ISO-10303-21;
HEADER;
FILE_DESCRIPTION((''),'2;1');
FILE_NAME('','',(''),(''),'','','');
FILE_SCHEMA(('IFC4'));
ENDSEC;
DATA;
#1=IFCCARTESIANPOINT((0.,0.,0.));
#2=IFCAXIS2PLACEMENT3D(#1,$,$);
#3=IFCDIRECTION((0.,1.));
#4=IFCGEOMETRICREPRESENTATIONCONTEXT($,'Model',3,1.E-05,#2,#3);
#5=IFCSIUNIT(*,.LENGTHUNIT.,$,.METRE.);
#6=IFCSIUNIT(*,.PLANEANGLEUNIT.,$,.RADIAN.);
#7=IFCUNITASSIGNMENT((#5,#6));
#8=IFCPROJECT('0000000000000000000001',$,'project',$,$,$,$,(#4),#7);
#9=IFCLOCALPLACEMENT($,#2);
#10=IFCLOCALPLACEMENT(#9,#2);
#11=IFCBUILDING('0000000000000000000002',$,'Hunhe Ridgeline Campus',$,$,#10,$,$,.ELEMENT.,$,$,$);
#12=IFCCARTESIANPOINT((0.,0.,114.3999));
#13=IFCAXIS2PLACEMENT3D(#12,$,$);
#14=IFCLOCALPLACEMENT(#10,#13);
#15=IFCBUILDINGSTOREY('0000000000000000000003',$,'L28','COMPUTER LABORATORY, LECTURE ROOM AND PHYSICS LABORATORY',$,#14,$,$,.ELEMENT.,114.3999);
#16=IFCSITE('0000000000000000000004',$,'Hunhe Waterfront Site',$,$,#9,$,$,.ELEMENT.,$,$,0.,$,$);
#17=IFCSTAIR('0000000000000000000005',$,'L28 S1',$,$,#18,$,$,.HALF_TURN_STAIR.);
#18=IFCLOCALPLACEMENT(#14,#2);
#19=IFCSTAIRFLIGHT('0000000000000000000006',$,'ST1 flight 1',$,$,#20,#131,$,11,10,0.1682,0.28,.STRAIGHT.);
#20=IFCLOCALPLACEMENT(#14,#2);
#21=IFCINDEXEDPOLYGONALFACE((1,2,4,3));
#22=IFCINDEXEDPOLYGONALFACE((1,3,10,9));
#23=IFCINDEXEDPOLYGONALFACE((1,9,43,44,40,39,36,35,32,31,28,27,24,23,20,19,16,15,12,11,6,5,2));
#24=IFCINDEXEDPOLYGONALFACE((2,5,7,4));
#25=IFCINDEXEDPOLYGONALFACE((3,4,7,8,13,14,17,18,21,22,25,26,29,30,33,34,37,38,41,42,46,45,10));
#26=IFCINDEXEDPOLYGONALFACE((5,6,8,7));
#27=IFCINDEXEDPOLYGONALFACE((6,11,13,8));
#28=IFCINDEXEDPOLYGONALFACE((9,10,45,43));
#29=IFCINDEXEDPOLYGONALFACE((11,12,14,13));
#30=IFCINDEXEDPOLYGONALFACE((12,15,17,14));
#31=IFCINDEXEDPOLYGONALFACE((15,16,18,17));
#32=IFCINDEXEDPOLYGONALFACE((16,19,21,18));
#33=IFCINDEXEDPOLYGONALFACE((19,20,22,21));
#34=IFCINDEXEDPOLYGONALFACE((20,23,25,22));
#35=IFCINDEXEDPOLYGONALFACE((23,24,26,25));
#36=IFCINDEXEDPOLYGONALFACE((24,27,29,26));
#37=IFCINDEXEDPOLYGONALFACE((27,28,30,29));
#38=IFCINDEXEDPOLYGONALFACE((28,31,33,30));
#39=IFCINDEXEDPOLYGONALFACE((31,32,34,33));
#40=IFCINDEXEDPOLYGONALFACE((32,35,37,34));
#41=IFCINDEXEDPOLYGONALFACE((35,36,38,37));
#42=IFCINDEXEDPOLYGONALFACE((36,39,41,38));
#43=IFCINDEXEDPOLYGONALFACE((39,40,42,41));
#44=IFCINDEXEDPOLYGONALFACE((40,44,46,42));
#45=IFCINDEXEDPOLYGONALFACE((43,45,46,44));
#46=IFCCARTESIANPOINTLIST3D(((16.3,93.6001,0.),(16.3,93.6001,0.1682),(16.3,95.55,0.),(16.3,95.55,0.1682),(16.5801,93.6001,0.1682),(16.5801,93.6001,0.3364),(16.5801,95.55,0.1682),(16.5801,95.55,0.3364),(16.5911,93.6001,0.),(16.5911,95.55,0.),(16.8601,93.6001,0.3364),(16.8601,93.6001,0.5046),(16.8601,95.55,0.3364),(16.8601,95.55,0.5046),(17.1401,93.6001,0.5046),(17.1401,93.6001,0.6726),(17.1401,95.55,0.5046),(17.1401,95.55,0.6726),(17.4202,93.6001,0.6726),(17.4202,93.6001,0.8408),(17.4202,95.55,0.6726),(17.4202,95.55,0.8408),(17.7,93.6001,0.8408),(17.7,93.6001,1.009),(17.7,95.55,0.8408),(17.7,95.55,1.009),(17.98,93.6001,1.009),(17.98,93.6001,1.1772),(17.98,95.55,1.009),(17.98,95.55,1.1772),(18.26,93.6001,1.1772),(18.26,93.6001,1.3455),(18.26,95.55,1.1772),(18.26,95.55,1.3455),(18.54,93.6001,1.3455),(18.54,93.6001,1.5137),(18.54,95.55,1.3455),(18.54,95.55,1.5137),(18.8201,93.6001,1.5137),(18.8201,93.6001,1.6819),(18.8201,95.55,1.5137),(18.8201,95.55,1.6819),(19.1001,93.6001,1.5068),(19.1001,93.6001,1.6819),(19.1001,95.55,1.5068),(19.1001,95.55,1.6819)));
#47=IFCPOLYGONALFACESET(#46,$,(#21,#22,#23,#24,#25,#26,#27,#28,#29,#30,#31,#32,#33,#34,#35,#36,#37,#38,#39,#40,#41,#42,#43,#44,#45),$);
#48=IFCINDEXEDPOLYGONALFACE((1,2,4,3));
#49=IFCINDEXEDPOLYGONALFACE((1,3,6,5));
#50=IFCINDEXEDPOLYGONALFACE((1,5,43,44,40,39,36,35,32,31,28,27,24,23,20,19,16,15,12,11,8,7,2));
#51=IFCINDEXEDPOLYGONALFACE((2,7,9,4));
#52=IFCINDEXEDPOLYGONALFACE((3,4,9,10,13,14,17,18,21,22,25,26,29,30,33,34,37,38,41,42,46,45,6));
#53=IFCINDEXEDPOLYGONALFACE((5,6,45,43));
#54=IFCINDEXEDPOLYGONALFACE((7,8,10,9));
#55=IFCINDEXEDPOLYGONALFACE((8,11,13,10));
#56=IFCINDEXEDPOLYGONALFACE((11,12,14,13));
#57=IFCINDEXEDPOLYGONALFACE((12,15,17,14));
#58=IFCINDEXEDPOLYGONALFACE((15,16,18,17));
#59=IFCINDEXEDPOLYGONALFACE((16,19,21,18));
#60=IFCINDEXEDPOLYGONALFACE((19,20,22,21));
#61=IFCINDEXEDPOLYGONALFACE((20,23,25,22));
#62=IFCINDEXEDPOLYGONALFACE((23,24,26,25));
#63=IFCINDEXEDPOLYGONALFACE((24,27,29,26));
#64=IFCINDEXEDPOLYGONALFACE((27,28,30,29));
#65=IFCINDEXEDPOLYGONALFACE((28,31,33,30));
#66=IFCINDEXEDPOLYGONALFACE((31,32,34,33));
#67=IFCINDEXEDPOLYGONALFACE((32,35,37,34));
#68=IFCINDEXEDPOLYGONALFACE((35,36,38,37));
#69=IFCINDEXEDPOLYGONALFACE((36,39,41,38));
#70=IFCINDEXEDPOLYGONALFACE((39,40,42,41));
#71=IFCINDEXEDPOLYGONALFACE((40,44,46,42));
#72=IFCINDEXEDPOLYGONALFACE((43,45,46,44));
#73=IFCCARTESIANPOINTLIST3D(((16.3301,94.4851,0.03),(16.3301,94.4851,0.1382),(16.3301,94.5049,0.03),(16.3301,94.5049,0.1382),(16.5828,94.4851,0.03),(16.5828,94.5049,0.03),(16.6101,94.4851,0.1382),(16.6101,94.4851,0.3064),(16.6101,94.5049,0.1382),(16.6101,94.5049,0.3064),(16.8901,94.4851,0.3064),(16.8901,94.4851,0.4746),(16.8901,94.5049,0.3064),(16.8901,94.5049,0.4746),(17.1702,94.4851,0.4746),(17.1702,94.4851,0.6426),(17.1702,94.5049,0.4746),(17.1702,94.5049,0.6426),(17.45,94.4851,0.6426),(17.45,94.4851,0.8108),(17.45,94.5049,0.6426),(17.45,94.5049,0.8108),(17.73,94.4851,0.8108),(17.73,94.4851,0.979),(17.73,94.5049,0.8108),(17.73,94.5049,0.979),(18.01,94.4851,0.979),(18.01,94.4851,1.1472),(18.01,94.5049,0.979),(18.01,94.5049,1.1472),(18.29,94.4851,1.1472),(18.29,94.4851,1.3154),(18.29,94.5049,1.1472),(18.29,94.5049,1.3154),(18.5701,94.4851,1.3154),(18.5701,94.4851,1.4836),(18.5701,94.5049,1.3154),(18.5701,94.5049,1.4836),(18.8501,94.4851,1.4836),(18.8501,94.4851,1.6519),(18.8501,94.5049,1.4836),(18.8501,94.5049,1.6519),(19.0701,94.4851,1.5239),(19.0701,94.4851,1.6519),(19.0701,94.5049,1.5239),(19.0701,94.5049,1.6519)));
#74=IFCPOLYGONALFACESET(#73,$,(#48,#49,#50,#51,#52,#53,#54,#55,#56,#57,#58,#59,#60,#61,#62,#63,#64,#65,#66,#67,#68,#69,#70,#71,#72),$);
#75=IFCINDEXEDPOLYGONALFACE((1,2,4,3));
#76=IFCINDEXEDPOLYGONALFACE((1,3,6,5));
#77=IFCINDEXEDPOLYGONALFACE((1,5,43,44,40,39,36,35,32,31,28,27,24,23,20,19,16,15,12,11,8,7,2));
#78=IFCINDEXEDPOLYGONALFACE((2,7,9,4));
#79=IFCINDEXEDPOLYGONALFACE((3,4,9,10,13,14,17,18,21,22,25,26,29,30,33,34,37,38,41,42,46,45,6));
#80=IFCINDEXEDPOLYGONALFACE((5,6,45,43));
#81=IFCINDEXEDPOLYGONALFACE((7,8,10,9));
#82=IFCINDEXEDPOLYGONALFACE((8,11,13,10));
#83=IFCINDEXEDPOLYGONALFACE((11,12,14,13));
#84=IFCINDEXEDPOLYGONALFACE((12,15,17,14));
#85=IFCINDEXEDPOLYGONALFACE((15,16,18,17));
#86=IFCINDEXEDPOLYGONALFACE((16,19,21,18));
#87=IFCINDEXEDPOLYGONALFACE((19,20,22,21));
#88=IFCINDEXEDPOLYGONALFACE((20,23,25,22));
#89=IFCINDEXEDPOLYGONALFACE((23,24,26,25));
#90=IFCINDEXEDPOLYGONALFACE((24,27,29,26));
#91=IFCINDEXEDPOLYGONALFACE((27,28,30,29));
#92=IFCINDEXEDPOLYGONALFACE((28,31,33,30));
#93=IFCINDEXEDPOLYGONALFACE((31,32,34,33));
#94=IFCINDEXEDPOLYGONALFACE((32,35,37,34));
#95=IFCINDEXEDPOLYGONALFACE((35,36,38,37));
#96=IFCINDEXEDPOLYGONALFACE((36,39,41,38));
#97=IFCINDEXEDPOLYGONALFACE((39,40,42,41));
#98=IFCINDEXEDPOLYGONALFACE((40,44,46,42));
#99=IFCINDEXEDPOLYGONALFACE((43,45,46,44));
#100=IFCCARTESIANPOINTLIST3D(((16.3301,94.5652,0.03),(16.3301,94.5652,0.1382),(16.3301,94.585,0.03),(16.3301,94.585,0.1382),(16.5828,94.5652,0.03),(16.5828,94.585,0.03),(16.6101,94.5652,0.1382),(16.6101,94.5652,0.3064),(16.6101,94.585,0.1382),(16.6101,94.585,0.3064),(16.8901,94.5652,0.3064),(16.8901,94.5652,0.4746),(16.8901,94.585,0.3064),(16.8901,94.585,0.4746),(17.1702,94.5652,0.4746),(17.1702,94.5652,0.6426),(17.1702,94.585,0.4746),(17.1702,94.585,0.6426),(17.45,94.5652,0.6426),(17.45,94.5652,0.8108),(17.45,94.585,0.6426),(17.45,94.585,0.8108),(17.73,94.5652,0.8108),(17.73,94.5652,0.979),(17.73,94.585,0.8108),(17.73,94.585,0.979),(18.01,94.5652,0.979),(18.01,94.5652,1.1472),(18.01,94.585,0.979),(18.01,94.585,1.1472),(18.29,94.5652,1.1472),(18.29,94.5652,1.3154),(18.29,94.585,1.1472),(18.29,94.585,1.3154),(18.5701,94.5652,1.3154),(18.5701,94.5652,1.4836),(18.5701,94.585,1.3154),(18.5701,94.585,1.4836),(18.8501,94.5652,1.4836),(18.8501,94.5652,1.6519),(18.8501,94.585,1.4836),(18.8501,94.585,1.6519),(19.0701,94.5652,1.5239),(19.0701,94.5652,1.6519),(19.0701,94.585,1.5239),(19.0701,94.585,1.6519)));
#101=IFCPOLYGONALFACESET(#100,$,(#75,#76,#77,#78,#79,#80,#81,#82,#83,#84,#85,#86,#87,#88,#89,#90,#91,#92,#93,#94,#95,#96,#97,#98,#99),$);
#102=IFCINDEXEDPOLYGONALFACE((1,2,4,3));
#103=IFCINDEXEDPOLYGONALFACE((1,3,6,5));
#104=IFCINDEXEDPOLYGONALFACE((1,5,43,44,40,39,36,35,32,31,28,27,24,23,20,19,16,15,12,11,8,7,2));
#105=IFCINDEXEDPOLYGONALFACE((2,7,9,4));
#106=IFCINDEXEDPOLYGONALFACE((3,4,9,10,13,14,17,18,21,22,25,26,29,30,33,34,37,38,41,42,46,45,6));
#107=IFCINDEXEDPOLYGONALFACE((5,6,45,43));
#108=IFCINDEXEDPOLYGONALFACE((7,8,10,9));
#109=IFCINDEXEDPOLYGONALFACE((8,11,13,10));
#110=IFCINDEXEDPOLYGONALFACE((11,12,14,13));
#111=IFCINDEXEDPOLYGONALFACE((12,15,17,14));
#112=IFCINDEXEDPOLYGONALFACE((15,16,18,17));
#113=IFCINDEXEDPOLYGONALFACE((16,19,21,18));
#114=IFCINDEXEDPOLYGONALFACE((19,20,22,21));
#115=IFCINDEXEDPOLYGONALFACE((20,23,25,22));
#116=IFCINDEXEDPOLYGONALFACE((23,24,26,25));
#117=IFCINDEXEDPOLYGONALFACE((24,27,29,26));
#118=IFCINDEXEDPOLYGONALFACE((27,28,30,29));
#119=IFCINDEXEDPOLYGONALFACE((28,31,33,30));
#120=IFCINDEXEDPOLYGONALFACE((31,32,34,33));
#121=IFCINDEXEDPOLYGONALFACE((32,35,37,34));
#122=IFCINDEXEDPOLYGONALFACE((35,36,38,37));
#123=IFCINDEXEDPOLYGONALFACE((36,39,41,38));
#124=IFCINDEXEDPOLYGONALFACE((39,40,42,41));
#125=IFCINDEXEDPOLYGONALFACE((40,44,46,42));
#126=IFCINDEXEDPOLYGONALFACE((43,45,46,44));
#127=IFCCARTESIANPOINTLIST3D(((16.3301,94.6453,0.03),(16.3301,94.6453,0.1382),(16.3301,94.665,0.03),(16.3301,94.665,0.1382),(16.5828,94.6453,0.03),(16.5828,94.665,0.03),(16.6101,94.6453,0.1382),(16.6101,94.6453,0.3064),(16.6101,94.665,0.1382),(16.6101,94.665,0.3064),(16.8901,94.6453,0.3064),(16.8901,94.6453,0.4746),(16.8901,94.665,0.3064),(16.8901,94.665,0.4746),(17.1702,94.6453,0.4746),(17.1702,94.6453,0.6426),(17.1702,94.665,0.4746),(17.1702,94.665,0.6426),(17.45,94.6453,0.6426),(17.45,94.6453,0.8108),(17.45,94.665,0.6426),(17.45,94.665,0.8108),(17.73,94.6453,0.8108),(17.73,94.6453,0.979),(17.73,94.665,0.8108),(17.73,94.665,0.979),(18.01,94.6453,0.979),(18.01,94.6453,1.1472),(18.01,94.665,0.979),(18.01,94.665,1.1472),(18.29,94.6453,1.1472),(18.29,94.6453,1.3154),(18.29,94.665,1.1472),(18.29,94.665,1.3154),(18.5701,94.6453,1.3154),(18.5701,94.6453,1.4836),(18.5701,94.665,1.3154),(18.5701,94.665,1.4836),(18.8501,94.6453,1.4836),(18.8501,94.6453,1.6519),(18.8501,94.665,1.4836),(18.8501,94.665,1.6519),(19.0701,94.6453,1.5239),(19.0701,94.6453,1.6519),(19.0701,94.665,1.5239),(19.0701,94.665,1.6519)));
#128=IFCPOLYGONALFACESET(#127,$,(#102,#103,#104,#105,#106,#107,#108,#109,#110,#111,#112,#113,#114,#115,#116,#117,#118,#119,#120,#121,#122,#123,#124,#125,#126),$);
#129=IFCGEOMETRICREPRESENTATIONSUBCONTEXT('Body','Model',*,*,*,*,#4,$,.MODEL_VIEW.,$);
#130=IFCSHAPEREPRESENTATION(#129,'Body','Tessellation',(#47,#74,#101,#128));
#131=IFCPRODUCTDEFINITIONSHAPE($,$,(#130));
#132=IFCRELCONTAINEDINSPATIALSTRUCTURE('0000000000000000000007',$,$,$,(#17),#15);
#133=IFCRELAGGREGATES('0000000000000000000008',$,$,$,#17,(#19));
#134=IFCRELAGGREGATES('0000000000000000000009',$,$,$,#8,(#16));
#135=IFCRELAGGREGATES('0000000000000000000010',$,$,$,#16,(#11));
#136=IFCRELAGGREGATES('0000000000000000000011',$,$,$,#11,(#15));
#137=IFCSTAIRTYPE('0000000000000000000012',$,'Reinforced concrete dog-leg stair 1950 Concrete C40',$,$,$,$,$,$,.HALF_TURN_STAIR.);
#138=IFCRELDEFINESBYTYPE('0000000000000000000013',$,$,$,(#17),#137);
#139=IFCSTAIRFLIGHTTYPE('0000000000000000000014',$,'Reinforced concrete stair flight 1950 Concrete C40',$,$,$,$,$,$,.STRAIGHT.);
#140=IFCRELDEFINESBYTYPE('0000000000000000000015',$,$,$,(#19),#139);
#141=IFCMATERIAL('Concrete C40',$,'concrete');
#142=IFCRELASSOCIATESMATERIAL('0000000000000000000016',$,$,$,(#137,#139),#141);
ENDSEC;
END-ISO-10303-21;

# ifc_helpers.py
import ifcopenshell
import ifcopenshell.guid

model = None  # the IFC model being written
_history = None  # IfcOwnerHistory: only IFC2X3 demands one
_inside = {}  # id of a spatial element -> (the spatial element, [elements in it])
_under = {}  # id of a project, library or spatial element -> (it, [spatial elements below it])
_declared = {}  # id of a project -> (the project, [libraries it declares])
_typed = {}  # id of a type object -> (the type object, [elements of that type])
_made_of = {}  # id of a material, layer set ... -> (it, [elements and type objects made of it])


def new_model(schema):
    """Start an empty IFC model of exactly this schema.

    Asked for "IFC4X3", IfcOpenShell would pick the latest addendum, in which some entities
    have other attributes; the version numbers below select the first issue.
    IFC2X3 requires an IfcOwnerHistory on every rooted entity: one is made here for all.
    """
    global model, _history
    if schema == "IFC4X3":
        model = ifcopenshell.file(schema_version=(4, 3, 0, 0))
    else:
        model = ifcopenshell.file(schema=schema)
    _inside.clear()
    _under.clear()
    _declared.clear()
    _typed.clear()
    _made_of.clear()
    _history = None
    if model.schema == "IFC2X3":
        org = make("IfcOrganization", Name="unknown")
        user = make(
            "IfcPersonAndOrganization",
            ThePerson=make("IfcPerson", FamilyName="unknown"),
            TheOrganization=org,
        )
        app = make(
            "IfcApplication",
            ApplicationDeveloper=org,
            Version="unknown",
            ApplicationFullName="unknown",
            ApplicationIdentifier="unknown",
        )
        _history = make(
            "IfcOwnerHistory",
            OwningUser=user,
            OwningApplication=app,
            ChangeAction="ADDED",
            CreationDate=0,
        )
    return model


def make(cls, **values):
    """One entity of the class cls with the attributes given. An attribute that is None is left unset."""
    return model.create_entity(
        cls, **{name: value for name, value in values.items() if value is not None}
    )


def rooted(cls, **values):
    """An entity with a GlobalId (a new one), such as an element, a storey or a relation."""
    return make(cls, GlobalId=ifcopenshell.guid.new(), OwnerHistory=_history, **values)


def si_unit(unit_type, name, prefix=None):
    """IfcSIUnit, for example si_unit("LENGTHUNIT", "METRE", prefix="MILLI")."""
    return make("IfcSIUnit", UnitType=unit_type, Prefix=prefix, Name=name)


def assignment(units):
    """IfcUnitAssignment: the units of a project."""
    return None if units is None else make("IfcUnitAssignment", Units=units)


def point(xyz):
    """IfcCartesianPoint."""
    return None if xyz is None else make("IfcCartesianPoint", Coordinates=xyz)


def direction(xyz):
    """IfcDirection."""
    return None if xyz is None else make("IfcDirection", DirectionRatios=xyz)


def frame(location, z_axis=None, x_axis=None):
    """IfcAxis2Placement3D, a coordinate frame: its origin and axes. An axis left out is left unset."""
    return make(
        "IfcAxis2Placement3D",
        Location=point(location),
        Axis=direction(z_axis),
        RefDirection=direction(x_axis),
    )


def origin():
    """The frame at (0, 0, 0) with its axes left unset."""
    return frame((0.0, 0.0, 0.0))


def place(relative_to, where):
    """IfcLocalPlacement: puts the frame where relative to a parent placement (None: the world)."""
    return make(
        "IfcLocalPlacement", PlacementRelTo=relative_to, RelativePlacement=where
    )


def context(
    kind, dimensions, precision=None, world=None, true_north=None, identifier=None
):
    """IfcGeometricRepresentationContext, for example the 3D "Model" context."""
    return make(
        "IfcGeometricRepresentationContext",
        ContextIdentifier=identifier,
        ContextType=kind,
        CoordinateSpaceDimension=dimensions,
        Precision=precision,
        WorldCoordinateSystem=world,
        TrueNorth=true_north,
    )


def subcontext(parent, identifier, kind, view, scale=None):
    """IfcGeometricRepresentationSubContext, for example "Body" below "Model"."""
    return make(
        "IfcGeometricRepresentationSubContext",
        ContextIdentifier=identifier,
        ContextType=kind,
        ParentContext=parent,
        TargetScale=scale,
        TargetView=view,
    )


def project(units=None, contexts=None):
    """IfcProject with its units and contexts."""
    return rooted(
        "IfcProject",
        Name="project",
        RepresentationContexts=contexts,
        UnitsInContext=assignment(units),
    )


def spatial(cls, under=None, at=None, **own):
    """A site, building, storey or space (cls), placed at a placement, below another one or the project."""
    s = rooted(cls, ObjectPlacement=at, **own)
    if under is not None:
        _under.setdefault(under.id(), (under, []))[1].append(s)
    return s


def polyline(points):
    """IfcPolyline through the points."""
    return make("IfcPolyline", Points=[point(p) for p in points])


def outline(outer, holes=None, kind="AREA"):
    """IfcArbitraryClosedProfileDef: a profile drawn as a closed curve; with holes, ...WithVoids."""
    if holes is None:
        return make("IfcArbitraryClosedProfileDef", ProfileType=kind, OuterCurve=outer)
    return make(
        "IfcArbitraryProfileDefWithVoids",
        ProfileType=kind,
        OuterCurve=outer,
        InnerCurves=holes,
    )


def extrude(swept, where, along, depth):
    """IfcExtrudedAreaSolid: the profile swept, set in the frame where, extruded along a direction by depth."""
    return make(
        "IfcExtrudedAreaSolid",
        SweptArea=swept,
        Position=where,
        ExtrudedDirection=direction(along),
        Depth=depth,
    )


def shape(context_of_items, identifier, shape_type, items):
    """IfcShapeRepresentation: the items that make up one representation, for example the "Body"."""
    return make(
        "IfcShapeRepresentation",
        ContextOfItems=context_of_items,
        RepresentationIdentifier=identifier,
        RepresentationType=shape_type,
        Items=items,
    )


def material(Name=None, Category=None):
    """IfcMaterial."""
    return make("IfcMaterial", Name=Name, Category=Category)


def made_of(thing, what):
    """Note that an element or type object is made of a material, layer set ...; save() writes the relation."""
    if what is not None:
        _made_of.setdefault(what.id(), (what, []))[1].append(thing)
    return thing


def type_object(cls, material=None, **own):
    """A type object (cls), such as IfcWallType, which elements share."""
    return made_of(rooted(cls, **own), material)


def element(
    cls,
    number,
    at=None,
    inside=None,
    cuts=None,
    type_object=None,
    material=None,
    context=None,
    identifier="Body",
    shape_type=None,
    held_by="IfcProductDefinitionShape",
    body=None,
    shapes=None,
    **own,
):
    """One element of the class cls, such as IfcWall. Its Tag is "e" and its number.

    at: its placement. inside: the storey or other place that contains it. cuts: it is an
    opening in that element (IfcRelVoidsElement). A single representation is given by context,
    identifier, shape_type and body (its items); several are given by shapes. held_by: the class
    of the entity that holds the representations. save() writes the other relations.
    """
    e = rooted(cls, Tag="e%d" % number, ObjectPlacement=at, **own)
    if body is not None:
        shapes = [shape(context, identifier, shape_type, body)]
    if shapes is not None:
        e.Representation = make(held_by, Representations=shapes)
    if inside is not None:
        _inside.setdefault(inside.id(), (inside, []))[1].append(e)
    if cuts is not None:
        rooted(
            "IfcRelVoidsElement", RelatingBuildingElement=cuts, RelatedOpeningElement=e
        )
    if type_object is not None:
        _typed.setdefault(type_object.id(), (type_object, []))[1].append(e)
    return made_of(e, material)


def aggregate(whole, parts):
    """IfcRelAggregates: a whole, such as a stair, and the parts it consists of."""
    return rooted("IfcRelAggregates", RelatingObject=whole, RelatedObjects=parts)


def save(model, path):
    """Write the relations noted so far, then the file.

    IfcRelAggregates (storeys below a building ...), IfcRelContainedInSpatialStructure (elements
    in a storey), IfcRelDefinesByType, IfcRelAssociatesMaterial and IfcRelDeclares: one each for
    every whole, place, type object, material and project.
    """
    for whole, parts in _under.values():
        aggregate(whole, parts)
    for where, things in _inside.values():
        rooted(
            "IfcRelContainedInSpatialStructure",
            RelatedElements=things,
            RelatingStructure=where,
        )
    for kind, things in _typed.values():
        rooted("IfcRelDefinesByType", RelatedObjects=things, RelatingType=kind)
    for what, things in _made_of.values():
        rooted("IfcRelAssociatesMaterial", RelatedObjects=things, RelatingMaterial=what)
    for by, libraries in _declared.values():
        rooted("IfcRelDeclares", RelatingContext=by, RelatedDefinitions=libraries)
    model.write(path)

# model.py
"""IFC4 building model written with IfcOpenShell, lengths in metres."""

from ifc_helpers import new_model, si_unit, direction, frame, origin, place, context, subcontext, project, spatial, polyline, outline, extrude, material, type_object, element, aggregate, save


model = new_model("IFC4")

# Units and contexts
model_context = context("Model", 3, precision=1e-05, world=origin(), true_north=direction((0.0, 1.0)))
body_context = subcontext(model_context, "Body", "Model", "MODEL_VIEW")
ifc_project = project(units=[si_unit("LENGTHUNIT", "METRE"), si_unit("PLANEANGLEUNIT", "RADIAN")], contexts=[model_context])

# Site, building, storey
site_placement = place(None, origin())
site = spatial("IfcSite", under=ifc_project, at=site_placement, Name="Hunhe Waterfront Site", CompositionType="ELEMENT", RefElevation=0.0)
building_placement = place(site_placement, origin())
building = spatial("IfcBuilding", under=site, at=building_placement, Name="Hunhe Ridgeline Campus", CompositionType="ELEMENT")
storey_placement = place(building_placement, frame((0.0, 0.0, 114.3999)))
storey = spatial("IfcBuildingStorey", under=building, at=storey_placement, Name="L28", Description="COMPUTER LABORATORY, LECTURE ROOM AND PHYSICS LABORATORY", CompositionType="ELEMENT", Elevation=114.3999)

# Stair, stair flight
ifc_material_1 = material(Name="Concrete C40", Category="concrete")
stair_type = type_object("IfcStairType", Name="Reinforced concrete dog-leg stair 1950 Concrete C40", PredefinedType="HALF_TURN_STAIR", material=ifc_material_1)
stair_placement = place(storey_placement, origin())
stair = element("IfcStair", 1, at=stair_placement, inside=storey, type_object=stair_type, Name="L28 S1", PredefinedType="HALF_TURN_STAIR")
stair_flight_type = type_object("IfcStairFlightType", Name="Reinforced concrete stair flight 1950 Concrete C40", PredefinedType="STRAIGHT", material=ifc_material_1)
stair_flight_placement = place(storey_placement, frame((16.3, 94.575, 0.0), z_axis=(0.0, 0.0, 1.0), x_axis=(1.0, 0.0, 0.0)))
stair_flight = element("IfcStairFlight", 2, at=stair_flight_placement, type_object=stair_flight_type, Name="ST1 flight 1", NumberOfRisers=11, NumberOfTreads=10, PredefinedType="STRAIGHT", RiserHeight=0.1682, TreadLength=0.28, context=body_context, shape_type="SweptSolid", body=[
    extrude(outline(polyline([(0.0, 0.0), (0.0, 0.1682), (0.28, 0.1682), (0.28, 0.3364), (0.5601, 0.3364), (0.5601, 0.5046), (0.8401, 0.5046), (0.8401, 0.6726), (1.1201, 0.6726), (1.1201, 0.8408), (1.3999, 0.8408), (1.3999, 1.009), (1.6799, 1.009), (1.6799, 1.1772), (1.96, 1.1772), (1.96, 1.3455), (2.24, 1.3455), (2.24, 1.5137), (2.52, 1.5137), (2.52, 1.6819), (2.8, 1.6819), (2.8, 1.8501), (2.8, 1.5068), (0.291, 0.0), (0.0, 0.0)])), frame((0.0, 0.9751, 0.0), z_axis=(0.0, -1.0, 0.0), x_axis=(1.0, 0.0, 0.0)), (0.0, 0.0, 1.0), 1.95),
    extrude(outline(polyline([(0.03, 0.03), (0.03, 0.1382), (0.3101, 0.1382), (0.3101, 0.3064), (0.5901, 0.3064), (0.5901, 0.4746), (0.8701, 0.4746), (0.8701, 0.6426), (1.1499, 0.6426), (1.1499, 0.8108), (1.4299, 0.8108), (1.4299, 0.979), (1.71, 0.979), (1.71, 1.1472), (1.99, 1.1472), (1.99, 1.3154), (2.27, 1.3154), (2.27, 1.4836), (2.55, 1.4836), (2.55, 1.6519), (2.77, 1.6519), (2.77, 1.5239), (0.2827, 0.03), (0.03, 0.03)])), frame((0.0, -0.0701, 0.0), z_axis=(0.0, -1.0, 0.0), x_axis=(1.0, 0.0, 0.0)), (0.0, 0.0, 1.0), 0.0198),
    extrude(outline(polyline([(0.03, 0.03), (0.03, 0.1382), (0.3101, 0.1382), (0.3101, 0.3064), (0.5901, 0.3064), (0.5901, 0.4746), (0.8701, 0.4746), (0.8701, 0.6426), (1.1499, 0.6426), (1.1499, 0.8108), (1.4299, 0.8108), (1.4299, 0.979), (1.71, 0.979), (1.71, 1.1472), (1.99, 1.1472), (1.99, 1.3154), (2.27, 1.3154), (2.27, 1.4836), (2.55, 1.4836), (2.55, 1.6519), (2.77, 1.6519), (2.77, 1.5239), (0.2827, 0.03), (0.03, 0.03)])), frame((0.0, 0.01, 0.0), z_axis=(0.0, -1.0, 0.0), x_axis=(1.0, 0.0, 0.0)), (0.0, 0.0, 1.0), 0.0198),
    extrude(outline(polyline([(0.03, 0.03), (0.03, 0.1382), (0.3101, 0.1382), (0.3101, 0.3064), (0.5901, 0.3064), (0.5901, 0.4746), (0.8701, 0.4746), (0.8701, 0.6426), (1.1499, 0.6426), (1.1499, 0.8108), (1.4299, 0.8108), (1.4299, 0.979), (1.71, 0.979), (1.71, 1.1472), (1.99, 1.1472), (1.99, 1.3154), (2.27, 1.3154), (2.27, 1.4836), (2.55, 1.4836), (2.55, 1.6519), (2.77, 1.6519), (2.77, 1.5239), (0.2827, 0.03), (0.03, 0.03)])), frame((0.0, 0.0901, 0.0), z_axis=(0.0, -1.0, 0.0), x_axis=(1.0, 0.0, 0.0)), (0.0, 0.0, 1.0), 0.0198),
])
aggregate(stair, [stair_flight])

save(model, "model.ifc")
